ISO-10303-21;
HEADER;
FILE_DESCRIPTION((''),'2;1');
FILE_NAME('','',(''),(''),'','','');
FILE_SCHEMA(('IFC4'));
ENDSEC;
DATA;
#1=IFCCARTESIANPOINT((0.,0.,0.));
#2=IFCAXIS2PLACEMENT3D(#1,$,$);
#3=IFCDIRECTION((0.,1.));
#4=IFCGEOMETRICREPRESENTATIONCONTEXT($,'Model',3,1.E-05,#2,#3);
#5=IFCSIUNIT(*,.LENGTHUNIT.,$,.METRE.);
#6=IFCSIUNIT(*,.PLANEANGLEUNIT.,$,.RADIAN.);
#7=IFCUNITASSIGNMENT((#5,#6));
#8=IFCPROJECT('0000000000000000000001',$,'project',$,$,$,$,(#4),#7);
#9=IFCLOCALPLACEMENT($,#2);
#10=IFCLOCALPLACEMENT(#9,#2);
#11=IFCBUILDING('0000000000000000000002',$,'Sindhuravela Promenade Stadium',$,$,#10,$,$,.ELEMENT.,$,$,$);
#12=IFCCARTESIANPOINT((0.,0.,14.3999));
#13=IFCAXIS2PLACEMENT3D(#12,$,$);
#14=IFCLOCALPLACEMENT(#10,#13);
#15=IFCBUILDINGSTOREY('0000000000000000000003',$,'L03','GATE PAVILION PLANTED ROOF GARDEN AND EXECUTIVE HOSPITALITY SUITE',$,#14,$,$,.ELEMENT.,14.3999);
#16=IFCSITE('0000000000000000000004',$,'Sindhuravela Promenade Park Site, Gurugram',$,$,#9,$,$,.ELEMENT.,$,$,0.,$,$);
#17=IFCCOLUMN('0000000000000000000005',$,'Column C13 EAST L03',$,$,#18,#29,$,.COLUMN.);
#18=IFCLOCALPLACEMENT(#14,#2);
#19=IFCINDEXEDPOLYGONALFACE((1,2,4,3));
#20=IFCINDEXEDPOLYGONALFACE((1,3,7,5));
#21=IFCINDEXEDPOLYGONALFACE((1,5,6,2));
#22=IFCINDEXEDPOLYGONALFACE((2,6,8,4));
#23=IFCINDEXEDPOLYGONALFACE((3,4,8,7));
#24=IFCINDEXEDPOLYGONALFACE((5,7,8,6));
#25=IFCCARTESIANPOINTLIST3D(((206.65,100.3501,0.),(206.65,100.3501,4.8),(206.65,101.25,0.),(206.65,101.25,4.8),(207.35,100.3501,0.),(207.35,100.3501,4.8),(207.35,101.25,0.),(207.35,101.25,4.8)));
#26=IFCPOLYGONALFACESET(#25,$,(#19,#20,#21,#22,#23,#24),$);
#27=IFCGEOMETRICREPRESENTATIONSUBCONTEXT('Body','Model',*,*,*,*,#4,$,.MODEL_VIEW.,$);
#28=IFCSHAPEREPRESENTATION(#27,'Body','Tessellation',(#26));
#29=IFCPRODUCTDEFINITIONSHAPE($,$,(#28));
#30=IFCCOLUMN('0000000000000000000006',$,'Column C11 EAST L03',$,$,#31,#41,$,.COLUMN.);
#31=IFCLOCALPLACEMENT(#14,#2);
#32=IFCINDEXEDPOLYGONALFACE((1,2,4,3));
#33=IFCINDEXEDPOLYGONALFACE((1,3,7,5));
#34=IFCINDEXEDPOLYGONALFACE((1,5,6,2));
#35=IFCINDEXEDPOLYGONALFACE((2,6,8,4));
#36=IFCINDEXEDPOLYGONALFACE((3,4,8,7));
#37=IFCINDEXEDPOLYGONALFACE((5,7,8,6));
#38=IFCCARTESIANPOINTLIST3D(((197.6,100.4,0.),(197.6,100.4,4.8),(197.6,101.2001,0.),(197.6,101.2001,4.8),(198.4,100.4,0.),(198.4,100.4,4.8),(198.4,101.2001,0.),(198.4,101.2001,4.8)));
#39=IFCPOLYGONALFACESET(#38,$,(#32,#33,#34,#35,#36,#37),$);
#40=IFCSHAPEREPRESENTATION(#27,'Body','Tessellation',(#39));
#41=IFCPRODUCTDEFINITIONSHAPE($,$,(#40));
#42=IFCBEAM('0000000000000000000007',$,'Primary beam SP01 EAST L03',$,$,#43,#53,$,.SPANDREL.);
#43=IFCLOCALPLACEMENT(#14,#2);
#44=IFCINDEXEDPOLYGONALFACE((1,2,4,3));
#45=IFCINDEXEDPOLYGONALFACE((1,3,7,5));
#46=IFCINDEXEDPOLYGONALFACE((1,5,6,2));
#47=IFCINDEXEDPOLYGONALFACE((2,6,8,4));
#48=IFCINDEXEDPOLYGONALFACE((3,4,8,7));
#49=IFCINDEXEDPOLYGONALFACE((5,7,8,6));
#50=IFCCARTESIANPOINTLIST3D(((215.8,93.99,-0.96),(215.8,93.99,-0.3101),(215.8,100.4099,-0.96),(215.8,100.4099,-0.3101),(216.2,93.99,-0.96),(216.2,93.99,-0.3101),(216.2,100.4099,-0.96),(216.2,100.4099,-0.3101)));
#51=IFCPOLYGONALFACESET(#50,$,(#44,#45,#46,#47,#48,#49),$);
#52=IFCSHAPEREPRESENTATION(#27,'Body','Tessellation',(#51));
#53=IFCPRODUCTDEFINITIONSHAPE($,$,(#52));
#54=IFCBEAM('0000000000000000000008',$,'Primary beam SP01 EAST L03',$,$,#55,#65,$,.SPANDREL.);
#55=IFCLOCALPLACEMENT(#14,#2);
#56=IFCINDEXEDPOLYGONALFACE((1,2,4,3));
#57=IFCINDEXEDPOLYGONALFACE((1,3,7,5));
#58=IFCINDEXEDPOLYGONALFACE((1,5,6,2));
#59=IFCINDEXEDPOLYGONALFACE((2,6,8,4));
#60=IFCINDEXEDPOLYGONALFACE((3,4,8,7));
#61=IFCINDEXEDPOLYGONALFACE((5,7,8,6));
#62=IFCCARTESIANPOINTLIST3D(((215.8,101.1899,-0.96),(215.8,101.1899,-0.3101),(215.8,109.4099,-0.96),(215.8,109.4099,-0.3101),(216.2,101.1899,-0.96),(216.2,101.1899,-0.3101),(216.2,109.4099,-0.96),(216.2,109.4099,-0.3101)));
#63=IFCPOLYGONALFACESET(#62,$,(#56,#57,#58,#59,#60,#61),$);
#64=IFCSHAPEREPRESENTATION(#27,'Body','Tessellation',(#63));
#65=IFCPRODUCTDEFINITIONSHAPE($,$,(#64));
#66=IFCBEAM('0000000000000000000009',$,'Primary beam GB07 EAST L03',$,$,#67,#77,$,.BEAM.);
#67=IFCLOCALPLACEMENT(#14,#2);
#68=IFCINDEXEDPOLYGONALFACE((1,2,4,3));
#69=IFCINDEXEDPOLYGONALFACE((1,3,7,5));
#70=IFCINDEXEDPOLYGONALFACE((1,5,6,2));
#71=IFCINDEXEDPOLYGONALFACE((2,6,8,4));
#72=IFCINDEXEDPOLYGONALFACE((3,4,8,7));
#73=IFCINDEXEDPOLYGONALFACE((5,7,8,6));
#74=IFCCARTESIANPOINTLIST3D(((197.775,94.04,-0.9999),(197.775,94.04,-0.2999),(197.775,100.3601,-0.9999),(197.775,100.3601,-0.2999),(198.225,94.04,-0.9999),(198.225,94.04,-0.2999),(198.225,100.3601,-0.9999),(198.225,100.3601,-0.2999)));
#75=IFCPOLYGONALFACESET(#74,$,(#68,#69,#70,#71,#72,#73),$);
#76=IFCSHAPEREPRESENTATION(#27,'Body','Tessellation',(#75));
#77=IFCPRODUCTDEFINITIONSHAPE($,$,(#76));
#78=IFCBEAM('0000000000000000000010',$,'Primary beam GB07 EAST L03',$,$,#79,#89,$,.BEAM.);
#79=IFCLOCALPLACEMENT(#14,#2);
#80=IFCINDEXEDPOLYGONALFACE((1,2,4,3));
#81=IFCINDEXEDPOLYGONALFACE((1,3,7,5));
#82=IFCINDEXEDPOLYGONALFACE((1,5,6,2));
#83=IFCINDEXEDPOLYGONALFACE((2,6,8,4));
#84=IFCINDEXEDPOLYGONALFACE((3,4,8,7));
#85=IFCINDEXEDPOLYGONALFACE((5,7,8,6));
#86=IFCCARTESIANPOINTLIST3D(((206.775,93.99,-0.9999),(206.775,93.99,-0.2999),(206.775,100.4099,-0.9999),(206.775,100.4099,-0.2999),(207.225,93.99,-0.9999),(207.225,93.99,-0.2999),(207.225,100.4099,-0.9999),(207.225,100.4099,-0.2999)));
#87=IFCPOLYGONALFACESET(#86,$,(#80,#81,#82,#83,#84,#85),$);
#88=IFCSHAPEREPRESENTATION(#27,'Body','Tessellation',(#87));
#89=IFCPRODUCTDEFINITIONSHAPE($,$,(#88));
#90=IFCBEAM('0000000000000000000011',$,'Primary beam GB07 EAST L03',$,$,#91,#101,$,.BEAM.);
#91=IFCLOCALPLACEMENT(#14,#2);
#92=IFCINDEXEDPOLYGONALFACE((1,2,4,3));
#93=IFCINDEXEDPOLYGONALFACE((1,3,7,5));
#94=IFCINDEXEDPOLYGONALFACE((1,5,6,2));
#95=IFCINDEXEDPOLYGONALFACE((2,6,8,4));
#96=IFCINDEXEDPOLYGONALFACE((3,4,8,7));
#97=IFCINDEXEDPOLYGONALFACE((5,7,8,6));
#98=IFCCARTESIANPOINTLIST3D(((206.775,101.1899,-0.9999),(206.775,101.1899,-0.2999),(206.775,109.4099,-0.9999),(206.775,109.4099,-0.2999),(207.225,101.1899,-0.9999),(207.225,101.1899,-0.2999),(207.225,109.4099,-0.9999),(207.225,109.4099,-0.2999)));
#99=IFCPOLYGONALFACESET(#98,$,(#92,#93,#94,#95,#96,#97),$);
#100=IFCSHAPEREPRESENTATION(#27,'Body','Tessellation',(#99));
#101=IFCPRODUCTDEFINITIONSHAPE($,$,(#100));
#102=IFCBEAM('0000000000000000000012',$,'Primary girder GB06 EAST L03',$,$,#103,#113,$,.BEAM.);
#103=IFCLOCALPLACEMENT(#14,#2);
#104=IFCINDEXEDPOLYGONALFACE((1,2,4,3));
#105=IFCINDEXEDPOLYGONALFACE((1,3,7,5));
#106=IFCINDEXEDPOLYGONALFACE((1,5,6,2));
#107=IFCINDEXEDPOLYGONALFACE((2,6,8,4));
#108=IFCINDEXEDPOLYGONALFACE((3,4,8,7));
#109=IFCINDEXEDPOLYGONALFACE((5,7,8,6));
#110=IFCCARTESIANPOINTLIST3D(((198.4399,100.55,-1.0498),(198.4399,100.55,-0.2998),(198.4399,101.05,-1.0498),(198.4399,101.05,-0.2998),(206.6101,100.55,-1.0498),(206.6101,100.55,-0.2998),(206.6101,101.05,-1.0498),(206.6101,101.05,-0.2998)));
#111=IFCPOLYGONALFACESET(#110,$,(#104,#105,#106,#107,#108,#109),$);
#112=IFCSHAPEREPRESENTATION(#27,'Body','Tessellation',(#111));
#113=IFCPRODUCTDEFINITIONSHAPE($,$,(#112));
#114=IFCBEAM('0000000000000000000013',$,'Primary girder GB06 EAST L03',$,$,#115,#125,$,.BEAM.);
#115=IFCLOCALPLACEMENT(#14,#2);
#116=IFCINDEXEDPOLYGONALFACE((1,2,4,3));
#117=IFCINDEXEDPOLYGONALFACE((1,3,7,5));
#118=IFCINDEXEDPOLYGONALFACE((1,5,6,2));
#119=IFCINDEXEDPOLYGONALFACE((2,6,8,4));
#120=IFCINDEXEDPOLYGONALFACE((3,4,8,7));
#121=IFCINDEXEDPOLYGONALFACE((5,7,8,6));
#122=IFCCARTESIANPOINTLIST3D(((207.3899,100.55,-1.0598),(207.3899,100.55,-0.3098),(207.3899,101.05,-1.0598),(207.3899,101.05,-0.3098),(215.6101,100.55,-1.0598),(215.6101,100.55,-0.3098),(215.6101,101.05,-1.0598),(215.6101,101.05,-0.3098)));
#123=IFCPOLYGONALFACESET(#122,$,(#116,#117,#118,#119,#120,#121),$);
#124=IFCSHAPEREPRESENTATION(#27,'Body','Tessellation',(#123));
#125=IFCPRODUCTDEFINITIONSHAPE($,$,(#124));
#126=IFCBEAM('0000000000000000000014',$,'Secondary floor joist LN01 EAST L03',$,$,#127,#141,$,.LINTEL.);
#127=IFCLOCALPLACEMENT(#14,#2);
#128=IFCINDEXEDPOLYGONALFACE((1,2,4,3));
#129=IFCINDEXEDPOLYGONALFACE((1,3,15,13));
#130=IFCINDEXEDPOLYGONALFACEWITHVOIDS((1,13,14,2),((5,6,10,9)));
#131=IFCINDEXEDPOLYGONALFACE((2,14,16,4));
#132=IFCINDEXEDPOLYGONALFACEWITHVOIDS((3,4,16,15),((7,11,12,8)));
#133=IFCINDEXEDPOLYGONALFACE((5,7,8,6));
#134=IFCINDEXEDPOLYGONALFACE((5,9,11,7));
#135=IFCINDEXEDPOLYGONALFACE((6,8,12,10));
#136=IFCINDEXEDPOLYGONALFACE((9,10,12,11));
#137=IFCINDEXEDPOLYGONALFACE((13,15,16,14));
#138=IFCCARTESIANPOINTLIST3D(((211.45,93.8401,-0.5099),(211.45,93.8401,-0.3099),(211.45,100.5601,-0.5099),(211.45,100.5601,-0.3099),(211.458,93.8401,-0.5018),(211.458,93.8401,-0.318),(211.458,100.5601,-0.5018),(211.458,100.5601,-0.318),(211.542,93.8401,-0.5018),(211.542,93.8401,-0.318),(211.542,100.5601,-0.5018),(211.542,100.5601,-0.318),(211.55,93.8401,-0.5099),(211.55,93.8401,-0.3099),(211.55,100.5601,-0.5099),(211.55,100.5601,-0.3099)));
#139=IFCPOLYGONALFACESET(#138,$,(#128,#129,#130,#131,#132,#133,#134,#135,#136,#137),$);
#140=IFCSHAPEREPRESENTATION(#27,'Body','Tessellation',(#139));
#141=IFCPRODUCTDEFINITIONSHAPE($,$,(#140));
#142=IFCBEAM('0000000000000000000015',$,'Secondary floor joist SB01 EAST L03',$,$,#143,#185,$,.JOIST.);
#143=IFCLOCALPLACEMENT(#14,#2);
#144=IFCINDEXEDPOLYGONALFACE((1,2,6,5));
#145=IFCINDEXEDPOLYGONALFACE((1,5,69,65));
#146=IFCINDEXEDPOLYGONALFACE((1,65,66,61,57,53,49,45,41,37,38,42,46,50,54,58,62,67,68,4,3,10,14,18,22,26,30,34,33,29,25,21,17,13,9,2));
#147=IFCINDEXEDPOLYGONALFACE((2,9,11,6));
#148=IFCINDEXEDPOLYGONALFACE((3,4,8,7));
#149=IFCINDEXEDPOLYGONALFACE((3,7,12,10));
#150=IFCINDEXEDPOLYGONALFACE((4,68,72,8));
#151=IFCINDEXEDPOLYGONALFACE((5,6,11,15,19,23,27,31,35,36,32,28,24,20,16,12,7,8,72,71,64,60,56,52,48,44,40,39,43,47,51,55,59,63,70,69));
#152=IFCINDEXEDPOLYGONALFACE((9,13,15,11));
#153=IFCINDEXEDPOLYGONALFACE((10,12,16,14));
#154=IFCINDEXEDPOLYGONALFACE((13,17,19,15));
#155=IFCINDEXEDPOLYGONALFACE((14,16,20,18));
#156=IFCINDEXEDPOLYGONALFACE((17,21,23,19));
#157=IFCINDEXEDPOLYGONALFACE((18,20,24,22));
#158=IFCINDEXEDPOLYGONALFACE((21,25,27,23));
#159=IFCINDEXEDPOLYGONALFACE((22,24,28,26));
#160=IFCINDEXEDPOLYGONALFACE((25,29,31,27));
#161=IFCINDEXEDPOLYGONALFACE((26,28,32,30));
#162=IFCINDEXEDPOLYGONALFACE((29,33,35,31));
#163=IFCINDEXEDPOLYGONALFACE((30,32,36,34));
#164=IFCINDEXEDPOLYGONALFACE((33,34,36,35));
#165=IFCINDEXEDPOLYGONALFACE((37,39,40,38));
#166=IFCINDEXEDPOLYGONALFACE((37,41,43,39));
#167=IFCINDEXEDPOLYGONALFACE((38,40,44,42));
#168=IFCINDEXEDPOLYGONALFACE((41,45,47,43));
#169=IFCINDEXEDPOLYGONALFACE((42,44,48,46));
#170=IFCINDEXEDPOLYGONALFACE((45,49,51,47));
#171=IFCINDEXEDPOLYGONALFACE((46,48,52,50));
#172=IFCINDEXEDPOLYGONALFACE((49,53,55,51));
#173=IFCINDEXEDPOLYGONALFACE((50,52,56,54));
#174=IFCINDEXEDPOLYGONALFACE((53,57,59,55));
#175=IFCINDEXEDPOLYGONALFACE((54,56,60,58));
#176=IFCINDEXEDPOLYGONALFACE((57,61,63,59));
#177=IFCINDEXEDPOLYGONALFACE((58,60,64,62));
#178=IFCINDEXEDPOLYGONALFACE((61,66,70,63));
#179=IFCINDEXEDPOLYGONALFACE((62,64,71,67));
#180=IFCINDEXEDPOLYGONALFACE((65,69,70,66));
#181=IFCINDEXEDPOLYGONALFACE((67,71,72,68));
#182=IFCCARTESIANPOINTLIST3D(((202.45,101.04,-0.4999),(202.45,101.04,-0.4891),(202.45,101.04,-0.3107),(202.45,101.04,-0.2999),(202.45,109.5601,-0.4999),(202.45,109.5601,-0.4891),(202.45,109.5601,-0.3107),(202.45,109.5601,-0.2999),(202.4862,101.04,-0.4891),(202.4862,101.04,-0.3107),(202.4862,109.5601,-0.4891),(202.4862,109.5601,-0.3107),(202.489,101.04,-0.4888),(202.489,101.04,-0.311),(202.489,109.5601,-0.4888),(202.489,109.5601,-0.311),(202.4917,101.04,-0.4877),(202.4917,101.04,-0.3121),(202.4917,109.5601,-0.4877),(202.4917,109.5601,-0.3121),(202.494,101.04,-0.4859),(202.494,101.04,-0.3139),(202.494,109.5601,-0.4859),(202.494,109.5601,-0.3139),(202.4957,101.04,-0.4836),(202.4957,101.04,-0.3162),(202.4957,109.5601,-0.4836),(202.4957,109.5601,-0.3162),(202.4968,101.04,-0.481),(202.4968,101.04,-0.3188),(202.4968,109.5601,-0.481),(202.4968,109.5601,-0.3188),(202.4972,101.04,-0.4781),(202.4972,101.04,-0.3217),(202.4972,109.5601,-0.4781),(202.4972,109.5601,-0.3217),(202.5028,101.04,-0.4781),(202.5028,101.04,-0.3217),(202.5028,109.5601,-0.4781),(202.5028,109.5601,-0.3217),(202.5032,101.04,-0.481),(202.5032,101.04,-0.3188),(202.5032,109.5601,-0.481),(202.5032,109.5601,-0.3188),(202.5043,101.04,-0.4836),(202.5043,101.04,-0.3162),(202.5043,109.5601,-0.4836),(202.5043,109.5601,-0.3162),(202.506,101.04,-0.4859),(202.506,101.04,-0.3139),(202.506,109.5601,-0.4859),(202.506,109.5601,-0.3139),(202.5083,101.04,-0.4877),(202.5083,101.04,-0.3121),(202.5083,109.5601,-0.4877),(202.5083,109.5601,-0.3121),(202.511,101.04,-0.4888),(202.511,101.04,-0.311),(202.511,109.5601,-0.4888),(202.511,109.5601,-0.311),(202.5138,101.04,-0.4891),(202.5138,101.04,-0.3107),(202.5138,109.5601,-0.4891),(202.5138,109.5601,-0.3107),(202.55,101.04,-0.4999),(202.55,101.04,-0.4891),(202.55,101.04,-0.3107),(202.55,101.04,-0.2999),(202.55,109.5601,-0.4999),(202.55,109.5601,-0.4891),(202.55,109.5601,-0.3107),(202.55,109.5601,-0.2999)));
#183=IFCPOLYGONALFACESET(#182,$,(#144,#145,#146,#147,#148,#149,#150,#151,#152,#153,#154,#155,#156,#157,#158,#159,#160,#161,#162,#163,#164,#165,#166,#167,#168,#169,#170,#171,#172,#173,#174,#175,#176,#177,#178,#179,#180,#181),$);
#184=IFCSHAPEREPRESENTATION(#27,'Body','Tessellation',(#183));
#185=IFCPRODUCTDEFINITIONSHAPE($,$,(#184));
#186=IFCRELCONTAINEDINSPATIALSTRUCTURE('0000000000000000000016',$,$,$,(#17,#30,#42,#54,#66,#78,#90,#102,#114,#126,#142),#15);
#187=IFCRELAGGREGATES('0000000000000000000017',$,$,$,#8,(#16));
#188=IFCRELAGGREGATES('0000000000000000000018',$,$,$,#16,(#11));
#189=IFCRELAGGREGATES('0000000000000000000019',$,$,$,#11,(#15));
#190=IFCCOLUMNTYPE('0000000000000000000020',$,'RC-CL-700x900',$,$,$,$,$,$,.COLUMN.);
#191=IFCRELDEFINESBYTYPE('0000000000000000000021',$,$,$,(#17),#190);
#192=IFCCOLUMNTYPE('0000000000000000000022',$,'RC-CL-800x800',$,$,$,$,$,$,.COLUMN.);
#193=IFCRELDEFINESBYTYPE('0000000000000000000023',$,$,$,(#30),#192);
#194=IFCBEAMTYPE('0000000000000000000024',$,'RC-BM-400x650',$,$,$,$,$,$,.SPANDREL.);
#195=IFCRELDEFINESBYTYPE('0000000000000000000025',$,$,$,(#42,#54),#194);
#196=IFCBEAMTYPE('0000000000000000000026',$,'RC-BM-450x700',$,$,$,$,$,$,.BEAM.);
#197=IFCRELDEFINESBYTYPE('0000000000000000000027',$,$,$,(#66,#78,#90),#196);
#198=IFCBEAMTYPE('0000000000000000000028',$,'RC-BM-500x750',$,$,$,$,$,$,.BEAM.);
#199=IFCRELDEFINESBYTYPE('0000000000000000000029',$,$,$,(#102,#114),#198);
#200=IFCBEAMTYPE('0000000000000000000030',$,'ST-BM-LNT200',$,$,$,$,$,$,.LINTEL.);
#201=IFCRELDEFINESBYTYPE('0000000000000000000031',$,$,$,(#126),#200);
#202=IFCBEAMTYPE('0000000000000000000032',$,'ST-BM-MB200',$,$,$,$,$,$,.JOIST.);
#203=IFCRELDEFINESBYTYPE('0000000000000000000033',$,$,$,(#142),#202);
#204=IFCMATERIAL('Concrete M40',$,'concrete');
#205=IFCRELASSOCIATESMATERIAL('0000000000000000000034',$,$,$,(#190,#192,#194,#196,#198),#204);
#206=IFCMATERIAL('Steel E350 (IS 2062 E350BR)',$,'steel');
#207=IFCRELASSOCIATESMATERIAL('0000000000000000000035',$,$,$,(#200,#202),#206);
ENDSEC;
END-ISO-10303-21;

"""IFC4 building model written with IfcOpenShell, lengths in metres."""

from ifc_helpers import new_model, si_unit, direction, frame, origin, origin_2d, place, context, subcontext, project, spatial, rectangle, hollow_rectangle, i_section, extrude, material, material_profile, profile_set, type_object, element, save


model = new_model("IFC4")

# Units and contexts
model_context = context("Model", 3, precision=1e-05, world=origin(), true_north=direction((0.0, 1.0)))
body_context = subcontext(model_context, "Body", "Model", "MODEL_VIEW")
ifc_project = project(units=[si_unit("LENGTHUNIT", "METRE"), si_unit("PLANEANGLEUNIT", "RADIAN")], contexts=[model_context])

# Site, building, storey
site_placement = place(None, origin())
site = spatial("IfcSite", under=ifc_project, at=site_placement, Name="Sindhuravela Promenade Park Site, Gurugram", CompositionType="ELEMENT", RefElevation=0.0)
building_placement = place(site_placement, origin())
building = spatial("IfcBuilding", under=site, at=building_placement, Name="Sindhuravela Promenade Stadium", CompositionType="ELEMENT")
storey_placement = place(building_placement, frame((0.0, 0.0, 14.3999)))
storey = spatial("IfcBuildingStorey", under=building, at=storey_placement, Name="L03", Description="GATE PAVILION PLANTED ROOF GARDEN AND EXECUTIVE HOSPITALITY SUITE", CompositionType="ELEMENT", Elevation=14.3999)

# Columns
ifc_material_1 = material(Name="Concrete M40", Category="concrete")
ifc_material_profile_1 = material_profile(ifc_material_1, rectangle(XDim=0.7, YDim=0.8999, at=origin_2d()), Name="RC 700x900")
ifc_profile_set_1 = profile_set([ifc_material_profile_1], Name="Concrete M40")
column_type_1 = type_object("IfcColumnType", Name="RC-CL-700x900", PredefinedType="COLUMN", material=ifc_profile_set_1)
column_1_placement = place(storey_placement, frame((207.0, 100.8, 0.0), z_axis=(0.0, 0.0, 1.0), x_axis=(1.0, 0.0, 0.0)))
element("IfcColumn", 1, at=column_1_placement, inside=storey, type_object=column_type_1, Name="Column C13 EAST L03", PredefinedType="COLUMN", context=body_context, shape_type="SweptSolid", body=[
    extrude(rectangle(XDim=0.7, YDim=0.8999, at=origin_2d()), origin(), (0.0, 0.0, 1.0), 4.8),
])
ifc_material_profile_2 = material_profile(ifc_material_1, rectangle(XDim=0.8, YDim=0.8, at=origin_2d()), Name="RC 800x800")
ifc_profile_set_2 = profile_set([ifc_material_profile_2], Name="Concrete M40")
column_type_2 = type_object("IfcColumnType", Name="RC-CL-800x800", PredefinedType="COLUMN", material=ifc_profile_set_2)
column_2_placement = place(storey_placement, frame((198.0, 100.8, 0.0), z_axis=(0.0, 0.0, 1.0), x_axis=(1.0, 0.0, 0.0)))
element("IfcColumn", 2, at=column_2_placement, inside=storey, type_object=column_type_2, Name="Column C11 EAST L03", PredefinedType="COLUMN", context=body_context, shape_type="SweptSolid", body=[
    extrude(rectangle(XDim=0.8, YDim=0.8, at=origin_2d()), origin(), (0.0, 0.0, 1.0), 4.8),
])

# Beams
ifc_material_profile_3 = material_profile(ifc_material_1, rectangle(XDim=0.3999, YDim=0.6499, at=origin_2d()), Name="RC 400x650")
ifc_profile_set_3 = profile_set([ifc_material_profile_3], Name="Concrete M40")
beam_type_1 = type_object("IfcBeamType", Name="RC-BM-400x650", PredefinedType="SPANDREL", material=ifc_profile_set_3)
beam_1_placement = place(storey_placement, frame((216.0, 93.99, -0.635), z_axis=(0.0, 1.0, 0.0), x_axis=(-1.0, 0.0, 0.0)))
element("IfcBeam", 3, at=beam_1_placement, inside=storey, type_object=beam_type_1, Name="Primary beam SP01 EAST L03", PredefinedType="SPANDREL", context=body_context, shape_type="SweptSolid", body=[
    extrude(rectangle(XDim=0.3999, YDim=0.6499, at=origin_2d()), origin(), (0.0, 0.0, 1.0), 6.4199),
])
beam_2_placement = place(storey_placement, frame((216.0, 101.1899, -0.635), z_axis=(0.0, 1.0, 0.0), x_axis=(-1.0, 0.0, 0.0)))
element("IfcBeam", 4, at=beam_2_placement, inside=storey, type_object=beam_type_1, Name="Primary beam SP01 EAST L03", PredefinedType="SPANDREL", context=body_context, shape_type="SweptSolid", body=[
    extrude(rectangle(XDim=0.3999, YDim=0.6499, at=origin_2d()), origin(), (0.0, 0.0, 1.0), 8.22),
])
ifc_material_profile_4 = material_profile(ifc_material_1, rectangle(XDim=0.45, YDim=0.7, at=origin_2d()), Name="RC 450x700")
ifc_profile_set_4 = profile_set([ifc_material_profile_4], Name="Concrete M40")
beam_type_2 = type_object("IfcBeamType", Name="RC-BM-450x700", PredefinedType="BEAM", material=ifc_profile_set_4)
beam_3_placement = place(storey_placement, frame((198.0, 94.04, -0.6499), z_axis=(0.0, 1.0, 0.0), x_axis=(-1.0, 0.0, 0.0)))
element("IfcBeam", 5, at=beam_3_placement, inside=storey, type_object=beam_type_2, Name="Primary beam GB07 EAST L03", PredefinedType="BEAM", context=body_context, shape_type="SweptSolid", body=[
    extrude(rectangle(XDim=0.45, YDim=0.7, at=origin_2d()), origin(), (0.0, 0.0, 1.0), 6.3201),
])
beam_4_placement = place(storey_placement, frame((207.0, 93.99, -0.6499), z_axis=(0.0, 1.0, 0.0), x_axis=(-1.0, 0.0, 0.0)))
element("IfcBeam", 6, at=beam_4_placement, inside=storey, type_object=beam_type_2, Name="Primary beam GB07 EAST L03", PredefinedType="BEAM", context=body_context, shape_type="SweptSolid", body=[
    extrude(rectangle(XDim=0.45, YDim=0.7, at=origin_2d()), origin(), (0.0, 0.0, 1.0), 6.4199),
])
beam_5_placement = place(storey_placement, frame((207.0, 101.1899, -0.6499), z_axis=(0.0, 1.0, 0.0), x_axis=(-1.0, 0.0, 0.0)))
element("IfcBeam", 7, at=beam_5_placement, inside=storey, type_object=beam_type_2, Name="Primary beam GB07 EAST L03", PredefinedType="BEAM", context=body_context, shape_type="SweptSolid", body=[
    extrude(rectangle(XDim=0.45, YDim=0.7, at=origin_2d()), origin(), (0.0, 0.0, 1.0), 8.22),
])
ifc_material_profile_5 = material_profile(ifc_material_1, rectangle(XDim=0.5, YDim=0.75, at=origin_2d()), Name="RC 500x750")
ifc_profile_set_5 = profile_set([ifc_material_profile_5], Name="Concrete M40")
beam_type_3 = type_object("IfcBeamType", Name="RC-BM-500x750", PredefinedType="BEAM", material=ifc_profile_set_5)
beam_6_placement = place(storey_placement, frame((198.4399, 100.8, -0.6748), z_axis=(1.0, 0.0, 0.0), x_axis=(0.0, 1.0, 0.0)))
element("IfcBeam", 8, at=beam_6_placement, inside=storey, type_object=beam_type_3, Name="Primary girder GB06 EAST L03", PredefinedType="BEAM", context=body_context, shape_type="SweptSolid", body=[
    extrude(rectangle(XDim=0.5, YDim=0.75, at=origin_2d()), origin(), (0.0, 0.0, 1.0), 8.1702),
])
beam_7_placement = place(storey_placement, frame((207.3899, 100.8, -0.6848), z_axis=(1.0, 0.0, 0.0), x_axis=(0.0, 1.0, 0.0)))
element("IfcBeam", 9, at=beam_7_placement, inside=storey, type_object=beam_type_3, Name="Primary girder GB06 EAST L03", PredefinedType="BEAM", context=body_context, shape_type="SweptSolid", body=[
    extrude(rectangle(XDim=0.5, YDim=0.75, at=origin_2d()), origin(), (0.0, 0.0, 1.0), 8.2202),
])
ifc_material_2 = material(Name="Steel E350 (IS 2062 E350BR)", Category="steel")
ifc_material_profile_6 = material_profile(ifc_material_2, hollow_rectangle(XDim=0.1001, YDim=0.2, WallThickness=0.0081, at=origin_2d()), Name="RHS 200x100x8")
ifc_profile_set_6 = profile_set([ifc_material_profile_6], Name="Steel E350 (IS 2062 E350BR)")
beam_type_4 = type_object("IfcBeamType", Name="ST-BM-LNT200", PredefinedType="LINTEL", material=ifc_profile_set_6)
beam_8_placement = place(storey_placement, frame((211.5, 93.8401, -0.4099), z_axis=(0.0, 1.0, 0.0), x_axis=(-1.0, 0.0, 0.0)))
element("IfcBeam", 10, at=beam_8_placement, inside=storey, type_object=beam_type_4, Name="Secondary floor joist LN01 EAST L03", PredefinedType="LINTEL", context=body_context, shape_type="SweptSolid", body=[
    extrude(hollow_rectangle(XDim=0.1001, YDim=0.2, WallThickness=0.0081, at=origin_2d()), origin(), (0.0, 0.0, 1.0), 6.72),
])
ifc_material_profile_7 = material_profile(ifc_material_2, i_section(OverallWidth=0.1001, OverallDepth=0.2, WebThickness=0.0056, FlangeThickness=0.0107, FilletRadius=0.011, at=origin_2d()), Name="ISMB 200")
ifc_profile_set_7 = profile_set([ifc_material_profile_7], Name="Steel E350 (IS 2062 E350BR)")
beam_type_5 = type_object("IfcBeamType", Name="ST-BM-MB200", PredefinedType="JOIST", material=ifc_profile_set_7)
beam_9_placement = place(storey_placement, frame((202.5, 101.04, -0.3999), z_axis=(0.0, 1.0, 0.0), x_axis=(-1.0, 0.0, 0.0)))
element("IfcBeam", 11, at=beam_9_placement, inside=storey, type_object=beam_type_5, Name="Secondary floor joist SB01 EAST L03", PredefinedType="JOIST", context=body_context, shape_type="SweptSolid", body=[
    extrude(i_section(OverallWidth=0.1001, OverallDepth=0.2, WebThickness=0.0056, FlangeThickness=0.0107, FilletRadius=0.011, at=origin_2d()), origin(), (0.0, 0.0, 1.0), 8.52),
])

save(model, "model.ifc")
